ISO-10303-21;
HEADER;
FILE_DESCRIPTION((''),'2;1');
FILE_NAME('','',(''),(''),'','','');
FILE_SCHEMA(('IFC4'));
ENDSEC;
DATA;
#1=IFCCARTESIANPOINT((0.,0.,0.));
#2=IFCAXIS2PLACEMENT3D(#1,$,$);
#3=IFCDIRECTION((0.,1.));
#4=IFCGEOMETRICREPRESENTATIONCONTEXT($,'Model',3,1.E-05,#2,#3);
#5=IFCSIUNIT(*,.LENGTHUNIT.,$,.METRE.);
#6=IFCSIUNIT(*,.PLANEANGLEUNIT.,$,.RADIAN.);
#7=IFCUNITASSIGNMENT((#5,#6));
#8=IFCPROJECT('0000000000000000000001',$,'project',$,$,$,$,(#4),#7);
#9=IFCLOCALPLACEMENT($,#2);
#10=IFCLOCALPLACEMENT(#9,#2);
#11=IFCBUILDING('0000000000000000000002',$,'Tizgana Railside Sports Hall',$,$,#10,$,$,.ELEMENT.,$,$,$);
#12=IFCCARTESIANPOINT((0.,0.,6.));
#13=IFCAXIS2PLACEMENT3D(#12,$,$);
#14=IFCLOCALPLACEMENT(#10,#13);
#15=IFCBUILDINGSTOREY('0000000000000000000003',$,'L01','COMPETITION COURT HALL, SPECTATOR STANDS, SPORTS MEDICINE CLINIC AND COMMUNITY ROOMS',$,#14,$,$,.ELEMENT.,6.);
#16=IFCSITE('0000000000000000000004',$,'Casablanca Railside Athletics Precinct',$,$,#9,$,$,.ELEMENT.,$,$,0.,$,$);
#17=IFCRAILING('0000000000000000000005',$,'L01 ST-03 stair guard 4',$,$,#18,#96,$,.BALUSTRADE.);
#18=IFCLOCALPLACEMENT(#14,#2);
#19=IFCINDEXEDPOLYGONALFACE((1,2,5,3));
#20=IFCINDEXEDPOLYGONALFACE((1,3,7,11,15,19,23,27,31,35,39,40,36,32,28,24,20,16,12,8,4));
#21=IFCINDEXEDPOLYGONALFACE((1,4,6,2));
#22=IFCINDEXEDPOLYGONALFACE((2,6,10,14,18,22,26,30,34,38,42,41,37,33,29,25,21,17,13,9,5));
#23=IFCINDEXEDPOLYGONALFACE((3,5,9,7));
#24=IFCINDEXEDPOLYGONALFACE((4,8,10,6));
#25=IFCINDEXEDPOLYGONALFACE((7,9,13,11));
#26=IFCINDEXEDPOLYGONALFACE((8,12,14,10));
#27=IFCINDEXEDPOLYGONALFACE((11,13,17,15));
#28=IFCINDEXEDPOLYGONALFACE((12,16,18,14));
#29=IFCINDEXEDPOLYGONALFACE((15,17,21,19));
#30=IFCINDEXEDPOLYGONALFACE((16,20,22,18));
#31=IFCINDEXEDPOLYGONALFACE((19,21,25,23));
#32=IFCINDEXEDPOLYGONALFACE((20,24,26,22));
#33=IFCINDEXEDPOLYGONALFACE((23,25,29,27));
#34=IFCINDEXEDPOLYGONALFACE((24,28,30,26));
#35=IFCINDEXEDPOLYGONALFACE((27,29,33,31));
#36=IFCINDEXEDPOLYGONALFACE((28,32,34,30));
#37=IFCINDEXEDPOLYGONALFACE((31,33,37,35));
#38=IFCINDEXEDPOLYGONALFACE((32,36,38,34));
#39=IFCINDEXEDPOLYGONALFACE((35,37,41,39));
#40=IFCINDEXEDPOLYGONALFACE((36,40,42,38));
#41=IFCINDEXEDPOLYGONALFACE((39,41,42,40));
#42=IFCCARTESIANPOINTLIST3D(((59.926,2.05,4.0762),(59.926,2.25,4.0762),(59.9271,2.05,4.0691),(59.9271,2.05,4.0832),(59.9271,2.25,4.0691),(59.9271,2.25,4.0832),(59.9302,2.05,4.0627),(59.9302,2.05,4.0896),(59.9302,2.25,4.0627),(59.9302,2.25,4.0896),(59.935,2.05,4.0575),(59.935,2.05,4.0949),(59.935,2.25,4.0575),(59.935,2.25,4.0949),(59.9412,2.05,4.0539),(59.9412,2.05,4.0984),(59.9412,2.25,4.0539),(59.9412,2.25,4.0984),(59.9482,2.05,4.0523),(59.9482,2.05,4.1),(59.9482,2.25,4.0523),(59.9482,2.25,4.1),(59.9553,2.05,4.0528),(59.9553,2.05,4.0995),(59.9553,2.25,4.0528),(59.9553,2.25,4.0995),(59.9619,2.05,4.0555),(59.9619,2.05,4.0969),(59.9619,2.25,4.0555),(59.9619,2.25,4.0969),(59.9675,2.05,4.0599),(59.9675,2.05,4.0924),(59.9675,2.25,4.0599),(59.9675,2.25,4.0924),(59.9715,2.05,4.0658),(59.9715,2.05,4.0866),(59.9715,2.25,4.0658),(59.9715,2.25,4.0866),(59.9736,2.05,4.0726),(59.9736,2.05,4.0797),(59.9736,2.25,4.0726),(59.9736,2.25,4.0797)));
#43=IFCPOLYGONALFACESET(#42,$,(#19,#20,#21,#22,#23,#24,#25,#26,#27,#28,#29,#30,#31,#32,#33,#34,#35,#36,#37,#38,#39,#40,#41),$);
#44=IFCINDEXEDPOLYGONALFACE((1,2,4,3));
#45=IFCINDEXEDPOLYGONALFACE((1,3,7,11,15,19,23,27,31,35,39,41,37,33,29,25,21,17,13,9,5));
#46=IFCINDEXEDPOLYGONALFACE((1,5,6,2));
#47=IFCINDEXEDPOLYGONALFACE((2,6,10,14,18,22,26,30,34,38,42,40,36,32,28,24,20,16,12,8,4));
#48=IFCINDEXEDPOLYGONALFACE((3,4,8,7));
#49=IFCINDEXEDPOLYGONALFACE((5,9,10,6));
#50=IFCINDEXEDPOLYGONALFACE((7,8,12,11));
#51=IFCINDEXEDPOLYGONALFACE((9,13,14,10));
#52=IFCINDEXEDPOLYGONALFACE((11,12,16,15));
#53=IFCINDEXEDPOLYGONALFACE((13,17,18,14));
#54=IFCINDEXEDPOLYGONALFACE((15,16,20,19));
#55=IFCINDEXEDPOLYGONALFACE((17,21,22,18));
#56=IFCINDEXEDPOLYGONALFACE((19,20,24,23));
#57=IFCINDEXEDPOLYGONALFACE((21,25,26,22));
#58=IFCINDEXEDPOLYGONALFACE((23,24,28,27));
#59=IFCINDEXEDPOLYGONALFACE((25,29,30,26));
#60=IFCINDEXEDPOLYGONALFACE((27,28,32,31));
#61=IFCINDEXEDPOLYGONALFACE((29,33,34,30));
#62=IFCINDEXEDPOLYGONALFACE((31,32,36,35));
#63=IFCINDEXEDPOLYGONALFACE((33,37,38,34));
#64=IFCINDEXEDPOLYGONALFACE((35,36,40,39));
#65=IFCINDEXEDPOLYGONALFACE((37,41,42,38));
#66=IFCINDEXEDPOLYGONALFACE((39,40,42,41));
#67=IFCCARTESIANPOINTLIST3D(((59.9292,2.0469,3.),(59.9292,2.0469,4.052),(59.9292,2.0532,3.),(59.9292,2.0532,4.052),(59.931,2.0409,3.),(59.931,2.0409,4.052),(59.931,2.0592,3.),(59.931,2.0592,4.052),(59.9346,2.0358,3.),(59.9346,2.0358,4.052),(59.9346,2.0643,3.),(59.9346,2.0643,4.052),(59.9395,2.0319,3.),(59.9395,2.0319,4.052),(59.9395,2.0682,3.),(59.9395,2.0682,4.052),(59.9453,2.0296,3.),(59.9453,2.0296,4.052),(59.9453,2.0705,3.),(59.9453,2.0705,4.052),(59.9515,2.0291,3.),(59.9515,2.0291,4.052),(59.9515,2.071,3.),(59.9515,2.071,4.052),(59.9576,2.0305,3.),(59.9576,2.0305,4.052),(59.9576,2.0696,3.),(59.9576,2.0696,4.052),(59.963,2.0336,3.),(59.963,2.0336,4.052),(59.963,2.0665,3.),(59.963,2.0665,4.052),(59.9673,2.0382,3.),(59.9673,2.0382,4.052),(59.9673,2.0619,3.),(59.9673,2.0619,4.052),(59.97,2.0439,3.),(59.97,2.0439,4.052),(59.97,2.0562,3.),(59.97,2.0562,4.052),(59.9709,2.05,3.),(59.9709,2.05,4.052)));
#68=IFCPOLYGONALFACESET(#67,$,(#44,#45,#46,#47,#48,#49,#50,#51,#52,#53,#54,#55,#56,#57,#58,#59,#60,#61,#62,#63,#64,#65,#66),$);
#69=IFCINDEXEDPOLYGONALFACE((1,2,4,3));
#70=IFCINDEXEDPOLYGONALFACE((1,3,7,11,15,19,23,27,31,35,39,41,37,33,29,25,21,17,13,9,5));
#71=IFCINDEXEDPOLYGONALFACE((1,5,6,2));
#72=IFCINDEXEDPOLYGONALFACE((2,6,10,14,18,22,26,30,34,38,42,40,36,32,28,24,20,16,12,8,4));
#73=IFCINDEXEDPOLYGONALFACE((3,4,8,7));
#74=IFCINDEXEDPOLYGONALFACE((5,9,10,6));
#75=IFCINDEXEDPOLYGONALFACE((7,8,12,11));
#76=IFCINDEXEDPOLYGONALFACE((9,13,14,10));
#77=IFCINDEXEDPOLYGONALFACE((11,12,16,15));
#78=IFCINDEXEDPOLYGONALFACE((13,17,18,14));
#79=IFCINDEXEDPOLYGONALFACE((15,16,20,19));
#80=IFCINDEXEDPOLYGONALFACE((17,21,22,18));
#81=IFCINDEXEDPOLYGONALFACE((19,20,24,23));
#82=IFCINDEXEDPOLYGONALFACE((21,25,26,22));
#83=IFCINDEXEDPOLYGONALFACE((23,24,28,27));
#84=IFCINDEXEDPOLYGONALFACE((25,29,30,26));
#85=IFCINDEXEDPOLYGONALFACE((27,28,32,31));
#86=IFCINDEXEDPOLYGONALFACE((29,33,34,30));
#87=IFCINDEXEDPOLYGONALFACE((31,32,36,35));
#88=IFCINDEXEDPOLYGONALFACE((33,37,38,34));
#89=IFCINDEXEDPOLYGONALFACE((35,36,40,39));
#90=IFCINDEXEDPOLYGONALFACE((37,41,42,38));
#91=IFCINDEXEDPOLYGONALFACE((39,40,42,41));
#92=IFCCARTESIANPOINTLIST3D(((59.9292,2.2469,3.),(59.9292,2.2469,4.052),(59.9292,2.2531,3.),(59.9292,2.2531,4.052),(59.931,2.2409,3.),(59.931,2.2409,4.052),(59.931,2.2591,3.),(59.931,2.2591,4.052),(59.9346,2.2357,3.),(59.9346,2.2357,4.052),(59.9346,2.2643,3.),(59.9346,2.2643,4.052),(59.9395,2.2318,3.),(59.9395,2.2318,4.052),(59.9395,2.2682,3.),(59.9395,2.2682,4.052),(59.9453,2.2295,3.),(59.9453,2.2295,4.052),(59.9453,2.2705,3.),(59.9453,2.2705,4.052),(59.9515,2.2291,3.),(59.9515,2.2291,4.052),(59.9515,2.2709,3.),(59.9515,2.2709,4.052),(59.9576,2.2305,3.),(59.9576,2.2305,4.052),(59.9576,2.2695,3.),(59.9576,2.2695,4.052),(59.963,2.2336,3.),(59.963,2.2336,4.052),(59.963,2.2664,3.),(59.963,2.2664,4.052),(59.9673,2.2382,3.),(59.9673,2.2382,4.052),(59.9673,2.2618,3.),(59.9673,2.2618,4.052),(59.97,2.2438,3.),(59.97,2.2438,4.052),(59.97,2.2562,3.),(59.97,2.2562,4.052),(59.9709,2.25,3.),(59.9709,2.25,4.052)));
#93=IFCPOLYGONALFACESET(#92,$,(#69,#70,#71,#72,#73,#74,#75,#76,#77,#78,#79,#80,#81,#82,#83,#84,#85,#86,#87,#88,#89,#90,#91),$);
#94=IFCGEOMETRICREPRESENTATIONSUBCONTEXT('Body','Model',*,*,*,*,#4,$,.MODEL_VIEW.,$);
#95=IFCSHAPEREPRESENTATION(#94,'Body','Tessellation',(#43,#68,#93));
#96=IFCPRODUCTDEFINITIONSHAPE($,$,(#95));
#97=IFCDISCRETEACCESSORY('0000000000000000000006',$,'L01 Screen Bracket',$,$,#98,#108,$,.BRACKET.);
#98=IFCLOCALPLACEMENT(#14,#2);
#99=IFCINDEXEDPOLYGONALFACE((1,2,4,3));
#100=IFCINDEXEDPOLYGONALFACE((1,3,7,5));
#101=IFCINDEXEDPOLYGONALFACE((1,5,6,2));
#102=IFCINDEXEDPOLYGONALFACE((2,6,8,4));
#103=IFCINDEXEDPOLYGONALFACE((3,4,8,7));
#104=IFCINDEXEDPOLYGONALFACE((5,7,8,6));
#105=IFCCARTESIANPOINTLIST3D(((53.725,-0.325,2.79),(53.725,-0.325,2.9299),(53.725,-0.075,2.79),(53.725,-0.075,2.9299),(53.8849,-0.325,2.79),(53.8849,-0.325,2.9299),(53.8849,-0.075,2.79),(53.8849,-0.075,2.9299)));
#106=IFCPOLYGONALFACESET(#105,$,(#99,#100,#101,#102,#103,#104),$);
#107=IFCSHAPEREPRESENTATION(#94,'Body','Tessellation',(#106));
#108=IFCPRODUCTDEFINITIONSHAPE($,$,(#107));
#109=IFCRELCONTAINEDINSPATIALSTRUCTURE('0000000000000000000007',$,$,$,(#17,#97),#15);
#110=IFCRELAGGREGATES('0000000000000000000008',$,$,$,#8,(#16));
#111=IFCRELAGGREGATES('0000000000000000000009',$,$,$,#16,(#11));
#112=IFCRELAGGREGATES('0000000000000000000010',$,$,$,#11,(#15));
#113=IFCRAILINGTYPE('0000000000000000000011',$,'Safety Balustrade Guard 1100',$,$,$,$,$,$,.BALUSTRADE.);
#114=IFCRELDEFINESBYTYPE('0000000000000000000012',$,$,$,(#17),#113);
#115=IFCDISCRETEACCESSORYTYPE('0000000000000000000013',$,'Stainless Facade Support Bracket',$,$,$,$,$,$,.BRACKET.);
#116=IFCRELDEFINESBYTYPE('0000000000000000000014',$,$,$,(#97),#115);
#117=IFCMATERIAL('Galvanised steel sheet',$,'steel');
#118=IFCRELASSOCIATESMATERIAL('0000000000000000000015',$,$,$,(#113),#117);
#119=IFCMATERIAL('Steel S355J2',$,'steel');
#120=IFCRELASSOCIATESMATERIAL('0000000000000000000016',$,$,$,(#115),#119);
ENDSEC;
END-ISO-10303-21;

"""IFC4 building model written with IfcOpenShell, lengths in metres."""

from ifc_helpers import new_model, si_unit, direction, frame, origin, origin_2d, place, context, subcontext, project, spatial, rectangle, circle, extrude, material, type_object, element, save


model = new_model("IFC4")

# Units and contexts
model_context = context("Model", 3, precision=1e-05, world=origin(), true_north=direction((0.0, 1.0)))
body_context = subcontext(model_context, "Body", "Model", "MODEL_VIEW")
ifc_project = project(units=[si_unit("LENGTHUNIT", "METRE"), si_unit("PLANEANGLEUNIT", "RADIAN")], contexts=[model_context])

# Site, building, storey
site_placement = place(None, origin())
site = spatial("IfcSite", under=ifc_project, at=site_placement, Name="Casablanca Railside Athletics Precinct", CompositionType="ELEMENT", RefElevation=0.0)
building_placement = place(site_placement, origin())
building = spatial("IfcBuilding", under=site, at=building_placement, Name="Tizgana Railside Sports Hall", CompositionType="ELEMENT")
storey_placement = place(building_placement, frame((0.0, 0.0, 6.0)))
storey = spatial("IfcBuildingStorey", under=building, at=storey_placement, Name="L01", Description="COMPETITION COURT HALL, SPECTATOR STANDS, SPORTS MEDICINE CLINIC AND COMMUNITY ROOMS", CompositionType="ELEMENT", Elevation=6.0)

# Shared definitions
ifc_material_1 = material(Name="Steel S355J2", Category="steel")

# Railing
ifc_material_2 = material(Name="Galvanised steel sheet", Category="steel")
railing_type = type_object("IfcRailingType", Name="Safety Balustrade Guard 1100", PredefinedType="BALUSTRADE", material=ifc_material_2)
railing_placement = place(storey_placement, frame((59.95, 2.05, 3.0)))
element("IfcRailing", 1, at=railing_placement, inside=storey, type_object=railing_type, Name="L01 ST-03 stair guard 4", PredefinedType="BALUSTRADE", context=body_context, shape_type="SweptSolid", body=[
    extrude(circle(Radius=0.0239, at=origin_2d()), frame((0.0, 0.0, 1.0762), z_axis=(0.0, 1.0, 0.0), x_axis=(-1.0, 0.0, 0.0)), (0.0, 0.0, 1.0), 0.2),
    extrude(circle(Radius=0.021, at=origin_2d()), origin(), (0.0, 0.0, 1.0), 1.052),
    extrude(circle(Radius=0.021, at=origin_2d()), frame((0.0, 0.2, 0.0)), (0.0, 0.0, 1.0), 1.052),
])

# Discrete accessory
discrete_accessory_type = type_object("IfcDiscreteAccessoryType", Name="Stainless Facade Support Bracket", PredefinedType="BRACKET", material=ifc_material_1)
discrete_accessory_placement = place(storey_placement, frame((53.8049, -0.2, 2.79), z_axis=(0.0, 0.0, 1.0), x_axis=(-1.0, 0.0, 0.0)))
element("IfcDiscreteAccessory", 2, at=discrete_accessory_placement, inside=storey, type_object=discrete_accessory_type, Name="L01 Screen Bracket", PredefinedType="BRACKET", context=body_context, shape_type="SweptSolid", body=[
    extrude(rectangle(XDim=0.1599, YDim=0.25, at=origin_2d()), origin(), (0.0, 0.0, 1.0), 0.1399),
])

save(model, "model.ifc")
